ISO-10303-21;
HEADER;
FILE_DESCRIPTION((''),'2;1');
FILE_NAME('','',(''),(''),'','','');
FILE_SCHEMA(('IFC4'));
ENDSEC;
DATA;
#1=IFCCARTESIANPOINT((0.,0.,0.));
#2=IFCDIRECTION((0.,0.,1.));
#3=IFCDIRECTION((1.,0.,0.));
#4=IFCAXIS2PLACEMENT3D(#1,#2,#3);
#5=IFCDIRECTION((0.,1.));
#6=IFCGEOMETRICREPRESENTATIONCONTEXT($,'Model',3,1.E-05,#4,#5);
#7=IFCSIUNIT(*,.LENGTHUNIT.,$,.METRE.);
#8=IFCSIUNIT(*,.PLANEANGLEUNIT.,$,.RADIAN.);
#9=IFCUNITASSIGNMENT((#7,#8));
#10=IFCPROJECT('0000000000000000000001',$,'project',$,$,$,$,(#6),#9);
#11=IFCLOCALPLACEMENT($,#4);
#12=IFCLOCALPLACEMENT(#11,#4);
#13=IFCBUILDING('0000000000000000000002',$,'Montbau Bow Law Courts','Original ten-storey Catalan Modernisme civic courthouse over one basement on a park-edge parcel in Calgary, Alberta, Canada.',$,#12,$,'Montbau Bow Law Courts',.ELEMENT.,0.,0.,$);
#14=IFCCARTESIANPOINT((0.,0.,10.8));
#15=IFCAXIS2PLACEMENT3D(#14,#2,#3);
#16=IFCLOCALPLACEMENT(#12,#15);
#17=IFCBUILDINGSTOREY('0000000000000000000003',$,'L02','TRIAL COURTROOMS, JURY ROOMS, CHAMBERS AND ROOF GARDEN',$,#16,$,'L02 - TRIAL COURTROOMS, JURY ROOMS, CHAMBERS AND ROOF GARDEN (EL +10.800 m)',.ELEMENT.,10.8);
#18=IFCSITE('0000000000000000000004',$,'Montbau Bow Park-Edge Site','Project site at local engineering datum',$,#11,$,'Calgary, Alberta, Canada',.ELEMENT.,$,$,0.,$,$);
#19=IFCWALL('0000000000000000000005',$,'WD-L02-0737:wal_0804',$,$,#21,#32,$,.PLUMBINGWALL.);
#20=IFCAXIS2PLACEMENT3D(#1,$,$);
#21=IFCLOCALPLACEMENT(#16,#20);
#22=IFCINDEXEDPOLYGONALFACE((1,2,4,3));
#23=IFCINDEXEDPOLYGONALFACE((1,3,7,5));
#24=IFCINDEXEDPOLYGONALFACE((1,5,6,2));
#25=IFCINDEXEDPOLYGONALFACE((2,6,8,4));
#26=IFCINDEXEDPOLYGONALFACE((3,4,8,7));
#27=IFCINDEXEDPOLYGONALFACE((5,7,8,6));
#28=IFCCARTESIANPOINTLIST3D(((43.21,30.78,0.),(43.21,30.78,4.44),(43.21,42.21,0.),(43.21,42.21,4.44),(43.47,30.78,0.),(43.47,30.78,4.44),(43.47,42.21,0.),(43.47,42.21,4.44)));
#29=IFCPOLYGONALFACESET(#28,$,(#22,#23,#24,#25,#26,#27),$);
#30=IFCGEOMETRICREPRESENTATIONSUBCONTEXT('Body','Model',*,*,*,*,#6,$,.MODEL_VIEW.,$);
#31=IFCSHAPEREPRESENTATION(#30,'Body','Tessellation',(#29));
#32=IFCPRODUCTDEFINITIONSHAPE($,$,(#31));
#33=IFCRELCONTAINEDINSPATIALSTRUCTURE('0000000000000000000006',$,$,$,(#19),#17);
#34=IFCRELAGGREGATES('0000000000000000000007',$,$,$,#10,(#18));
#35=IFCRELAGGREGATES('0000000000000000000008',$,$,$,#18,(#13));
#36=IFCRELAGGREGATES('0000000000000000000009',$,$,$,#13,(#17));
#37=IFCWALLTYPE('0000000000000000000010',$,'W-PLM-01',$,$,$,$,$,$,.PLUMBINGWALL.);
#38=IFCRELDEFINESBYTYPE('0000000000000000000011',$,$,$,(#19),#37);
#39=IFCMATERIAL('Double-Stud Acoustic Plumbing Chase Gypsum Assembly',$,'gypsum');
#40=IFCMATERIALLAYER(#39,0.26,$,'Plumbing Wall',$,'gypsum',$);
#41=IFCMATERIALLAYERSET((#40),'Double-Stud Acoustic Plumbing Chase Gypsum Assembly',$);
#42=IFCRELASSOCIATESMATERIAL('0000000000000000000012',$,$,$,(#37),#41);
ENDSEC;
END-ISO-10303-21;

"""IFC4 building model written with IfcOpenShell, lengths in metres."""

from ifc_helpers import new_model, si_unit, direction, frame, frame_2d, origin_with_axes, place, context, subcontext, project, spatial, rectangle, extrude, material, layer, layer_set, type_object, element, save


model = new_model("IFC4")

# Units and contexts
model_context = context("Model", 3, precision=1e-05, world=origin_with_axes(), true_north=direction((0.0, 1.0)))
body_context = subcontext(model_context, "Body", "Model", "MODEL_VIEW")
ifc_project = project(units=[si_unit("LENGTHUNIT", "METRE"), si_unit("PLANEANGLEUNIT", "RADIAN")], contexts=[model_context])

# Site, building, storey
site_placement = place(None, origin_with_axes())
site = spatial("IfcSite", under=ifc_project, at=site_placement, Name="Montbau Bow Park-Edge Site", Description="Project site at local engineering datum", LongName="Calgary, Alberta, Canada", CompositionType="ELEMENT", RefElevation=0.0)
building_placement = place(site_placement, origin_with_axes())
building = spatial("IfcBuilding", under=site, at=building_placement, Name="Montbau Bow Law Courts", Description="Original ten-storey Catalan Modernisme civic courthouse over one basement on a park-edge parcel in Calgary, Alberta, Canada.", LongName="Montbau Bow Law Courts", CompositionType="ELEMENT", ElevationOfRefHeight=0.0, ElevationOfTerrain=0.0)
storey_placement = place(building_placement, frame((0.0, 0.0, 10.8), z_axis=(0.0, 0.0, 1.0), x_axis=(1.0, 0.0, 0.0)))
storey = spatial("IfcBuildingStorey", under=building, at=storey_placement, Name="L02", Description="TRIAL COURTROOMS, JURY ROOMS, CHAMBERS AND ROOF GARDEN", LongName="L02 - TRIAL COURTROOMS, JURY ROOMS, CHAMBERS AND ROOF GARDEN (EL +10.800 m)", CompositionType="ELEMENT", Elevation=10.8)

# Wall
ifc_material_1 = material(Name="Double-Stud Acoustic Plumbing Chase Gypsum Assembly", Category="gypsum")
ifc_layer_1 = layer(ifc_material_1, 0.26, Name="Plumbing Wall", Category="gypsum")
ifc_layer_set_1 = layer_set([ifc_layer_1], Name="Double-Stud Acoustic Plumbing Chase Gypsum Assembly")
wall_type = type_object("IfcWallType", Name="W-PLM-01", PredefinedType="PLUMBINGWALL", material=ifc_layer_set_1)
wall_placement = place(None, frame((43.34, 30.78, 10.8), z_axis=(0.0, 0.0, 1.0), x_axis=(0.0, 1.0, 0.0)))
element("IfcWall", 1, at=wall_placement, inside=storey, type_object=wall_type, Name="WD-L02-0737:wal_0804", PredefinedType="PLUMBINGWALL", context=body_context, shape_type="SweptSolid", body=[
    extrude(rectangle(XDim=11.43, YDim=0.26, at=frame_2d((5.715, 0.0), x_axis=(1.0, 0.0))), origin_with_axes(), (0.0, 0.0, 1.0), 4.44),
])

save(model, "model.ifc")
